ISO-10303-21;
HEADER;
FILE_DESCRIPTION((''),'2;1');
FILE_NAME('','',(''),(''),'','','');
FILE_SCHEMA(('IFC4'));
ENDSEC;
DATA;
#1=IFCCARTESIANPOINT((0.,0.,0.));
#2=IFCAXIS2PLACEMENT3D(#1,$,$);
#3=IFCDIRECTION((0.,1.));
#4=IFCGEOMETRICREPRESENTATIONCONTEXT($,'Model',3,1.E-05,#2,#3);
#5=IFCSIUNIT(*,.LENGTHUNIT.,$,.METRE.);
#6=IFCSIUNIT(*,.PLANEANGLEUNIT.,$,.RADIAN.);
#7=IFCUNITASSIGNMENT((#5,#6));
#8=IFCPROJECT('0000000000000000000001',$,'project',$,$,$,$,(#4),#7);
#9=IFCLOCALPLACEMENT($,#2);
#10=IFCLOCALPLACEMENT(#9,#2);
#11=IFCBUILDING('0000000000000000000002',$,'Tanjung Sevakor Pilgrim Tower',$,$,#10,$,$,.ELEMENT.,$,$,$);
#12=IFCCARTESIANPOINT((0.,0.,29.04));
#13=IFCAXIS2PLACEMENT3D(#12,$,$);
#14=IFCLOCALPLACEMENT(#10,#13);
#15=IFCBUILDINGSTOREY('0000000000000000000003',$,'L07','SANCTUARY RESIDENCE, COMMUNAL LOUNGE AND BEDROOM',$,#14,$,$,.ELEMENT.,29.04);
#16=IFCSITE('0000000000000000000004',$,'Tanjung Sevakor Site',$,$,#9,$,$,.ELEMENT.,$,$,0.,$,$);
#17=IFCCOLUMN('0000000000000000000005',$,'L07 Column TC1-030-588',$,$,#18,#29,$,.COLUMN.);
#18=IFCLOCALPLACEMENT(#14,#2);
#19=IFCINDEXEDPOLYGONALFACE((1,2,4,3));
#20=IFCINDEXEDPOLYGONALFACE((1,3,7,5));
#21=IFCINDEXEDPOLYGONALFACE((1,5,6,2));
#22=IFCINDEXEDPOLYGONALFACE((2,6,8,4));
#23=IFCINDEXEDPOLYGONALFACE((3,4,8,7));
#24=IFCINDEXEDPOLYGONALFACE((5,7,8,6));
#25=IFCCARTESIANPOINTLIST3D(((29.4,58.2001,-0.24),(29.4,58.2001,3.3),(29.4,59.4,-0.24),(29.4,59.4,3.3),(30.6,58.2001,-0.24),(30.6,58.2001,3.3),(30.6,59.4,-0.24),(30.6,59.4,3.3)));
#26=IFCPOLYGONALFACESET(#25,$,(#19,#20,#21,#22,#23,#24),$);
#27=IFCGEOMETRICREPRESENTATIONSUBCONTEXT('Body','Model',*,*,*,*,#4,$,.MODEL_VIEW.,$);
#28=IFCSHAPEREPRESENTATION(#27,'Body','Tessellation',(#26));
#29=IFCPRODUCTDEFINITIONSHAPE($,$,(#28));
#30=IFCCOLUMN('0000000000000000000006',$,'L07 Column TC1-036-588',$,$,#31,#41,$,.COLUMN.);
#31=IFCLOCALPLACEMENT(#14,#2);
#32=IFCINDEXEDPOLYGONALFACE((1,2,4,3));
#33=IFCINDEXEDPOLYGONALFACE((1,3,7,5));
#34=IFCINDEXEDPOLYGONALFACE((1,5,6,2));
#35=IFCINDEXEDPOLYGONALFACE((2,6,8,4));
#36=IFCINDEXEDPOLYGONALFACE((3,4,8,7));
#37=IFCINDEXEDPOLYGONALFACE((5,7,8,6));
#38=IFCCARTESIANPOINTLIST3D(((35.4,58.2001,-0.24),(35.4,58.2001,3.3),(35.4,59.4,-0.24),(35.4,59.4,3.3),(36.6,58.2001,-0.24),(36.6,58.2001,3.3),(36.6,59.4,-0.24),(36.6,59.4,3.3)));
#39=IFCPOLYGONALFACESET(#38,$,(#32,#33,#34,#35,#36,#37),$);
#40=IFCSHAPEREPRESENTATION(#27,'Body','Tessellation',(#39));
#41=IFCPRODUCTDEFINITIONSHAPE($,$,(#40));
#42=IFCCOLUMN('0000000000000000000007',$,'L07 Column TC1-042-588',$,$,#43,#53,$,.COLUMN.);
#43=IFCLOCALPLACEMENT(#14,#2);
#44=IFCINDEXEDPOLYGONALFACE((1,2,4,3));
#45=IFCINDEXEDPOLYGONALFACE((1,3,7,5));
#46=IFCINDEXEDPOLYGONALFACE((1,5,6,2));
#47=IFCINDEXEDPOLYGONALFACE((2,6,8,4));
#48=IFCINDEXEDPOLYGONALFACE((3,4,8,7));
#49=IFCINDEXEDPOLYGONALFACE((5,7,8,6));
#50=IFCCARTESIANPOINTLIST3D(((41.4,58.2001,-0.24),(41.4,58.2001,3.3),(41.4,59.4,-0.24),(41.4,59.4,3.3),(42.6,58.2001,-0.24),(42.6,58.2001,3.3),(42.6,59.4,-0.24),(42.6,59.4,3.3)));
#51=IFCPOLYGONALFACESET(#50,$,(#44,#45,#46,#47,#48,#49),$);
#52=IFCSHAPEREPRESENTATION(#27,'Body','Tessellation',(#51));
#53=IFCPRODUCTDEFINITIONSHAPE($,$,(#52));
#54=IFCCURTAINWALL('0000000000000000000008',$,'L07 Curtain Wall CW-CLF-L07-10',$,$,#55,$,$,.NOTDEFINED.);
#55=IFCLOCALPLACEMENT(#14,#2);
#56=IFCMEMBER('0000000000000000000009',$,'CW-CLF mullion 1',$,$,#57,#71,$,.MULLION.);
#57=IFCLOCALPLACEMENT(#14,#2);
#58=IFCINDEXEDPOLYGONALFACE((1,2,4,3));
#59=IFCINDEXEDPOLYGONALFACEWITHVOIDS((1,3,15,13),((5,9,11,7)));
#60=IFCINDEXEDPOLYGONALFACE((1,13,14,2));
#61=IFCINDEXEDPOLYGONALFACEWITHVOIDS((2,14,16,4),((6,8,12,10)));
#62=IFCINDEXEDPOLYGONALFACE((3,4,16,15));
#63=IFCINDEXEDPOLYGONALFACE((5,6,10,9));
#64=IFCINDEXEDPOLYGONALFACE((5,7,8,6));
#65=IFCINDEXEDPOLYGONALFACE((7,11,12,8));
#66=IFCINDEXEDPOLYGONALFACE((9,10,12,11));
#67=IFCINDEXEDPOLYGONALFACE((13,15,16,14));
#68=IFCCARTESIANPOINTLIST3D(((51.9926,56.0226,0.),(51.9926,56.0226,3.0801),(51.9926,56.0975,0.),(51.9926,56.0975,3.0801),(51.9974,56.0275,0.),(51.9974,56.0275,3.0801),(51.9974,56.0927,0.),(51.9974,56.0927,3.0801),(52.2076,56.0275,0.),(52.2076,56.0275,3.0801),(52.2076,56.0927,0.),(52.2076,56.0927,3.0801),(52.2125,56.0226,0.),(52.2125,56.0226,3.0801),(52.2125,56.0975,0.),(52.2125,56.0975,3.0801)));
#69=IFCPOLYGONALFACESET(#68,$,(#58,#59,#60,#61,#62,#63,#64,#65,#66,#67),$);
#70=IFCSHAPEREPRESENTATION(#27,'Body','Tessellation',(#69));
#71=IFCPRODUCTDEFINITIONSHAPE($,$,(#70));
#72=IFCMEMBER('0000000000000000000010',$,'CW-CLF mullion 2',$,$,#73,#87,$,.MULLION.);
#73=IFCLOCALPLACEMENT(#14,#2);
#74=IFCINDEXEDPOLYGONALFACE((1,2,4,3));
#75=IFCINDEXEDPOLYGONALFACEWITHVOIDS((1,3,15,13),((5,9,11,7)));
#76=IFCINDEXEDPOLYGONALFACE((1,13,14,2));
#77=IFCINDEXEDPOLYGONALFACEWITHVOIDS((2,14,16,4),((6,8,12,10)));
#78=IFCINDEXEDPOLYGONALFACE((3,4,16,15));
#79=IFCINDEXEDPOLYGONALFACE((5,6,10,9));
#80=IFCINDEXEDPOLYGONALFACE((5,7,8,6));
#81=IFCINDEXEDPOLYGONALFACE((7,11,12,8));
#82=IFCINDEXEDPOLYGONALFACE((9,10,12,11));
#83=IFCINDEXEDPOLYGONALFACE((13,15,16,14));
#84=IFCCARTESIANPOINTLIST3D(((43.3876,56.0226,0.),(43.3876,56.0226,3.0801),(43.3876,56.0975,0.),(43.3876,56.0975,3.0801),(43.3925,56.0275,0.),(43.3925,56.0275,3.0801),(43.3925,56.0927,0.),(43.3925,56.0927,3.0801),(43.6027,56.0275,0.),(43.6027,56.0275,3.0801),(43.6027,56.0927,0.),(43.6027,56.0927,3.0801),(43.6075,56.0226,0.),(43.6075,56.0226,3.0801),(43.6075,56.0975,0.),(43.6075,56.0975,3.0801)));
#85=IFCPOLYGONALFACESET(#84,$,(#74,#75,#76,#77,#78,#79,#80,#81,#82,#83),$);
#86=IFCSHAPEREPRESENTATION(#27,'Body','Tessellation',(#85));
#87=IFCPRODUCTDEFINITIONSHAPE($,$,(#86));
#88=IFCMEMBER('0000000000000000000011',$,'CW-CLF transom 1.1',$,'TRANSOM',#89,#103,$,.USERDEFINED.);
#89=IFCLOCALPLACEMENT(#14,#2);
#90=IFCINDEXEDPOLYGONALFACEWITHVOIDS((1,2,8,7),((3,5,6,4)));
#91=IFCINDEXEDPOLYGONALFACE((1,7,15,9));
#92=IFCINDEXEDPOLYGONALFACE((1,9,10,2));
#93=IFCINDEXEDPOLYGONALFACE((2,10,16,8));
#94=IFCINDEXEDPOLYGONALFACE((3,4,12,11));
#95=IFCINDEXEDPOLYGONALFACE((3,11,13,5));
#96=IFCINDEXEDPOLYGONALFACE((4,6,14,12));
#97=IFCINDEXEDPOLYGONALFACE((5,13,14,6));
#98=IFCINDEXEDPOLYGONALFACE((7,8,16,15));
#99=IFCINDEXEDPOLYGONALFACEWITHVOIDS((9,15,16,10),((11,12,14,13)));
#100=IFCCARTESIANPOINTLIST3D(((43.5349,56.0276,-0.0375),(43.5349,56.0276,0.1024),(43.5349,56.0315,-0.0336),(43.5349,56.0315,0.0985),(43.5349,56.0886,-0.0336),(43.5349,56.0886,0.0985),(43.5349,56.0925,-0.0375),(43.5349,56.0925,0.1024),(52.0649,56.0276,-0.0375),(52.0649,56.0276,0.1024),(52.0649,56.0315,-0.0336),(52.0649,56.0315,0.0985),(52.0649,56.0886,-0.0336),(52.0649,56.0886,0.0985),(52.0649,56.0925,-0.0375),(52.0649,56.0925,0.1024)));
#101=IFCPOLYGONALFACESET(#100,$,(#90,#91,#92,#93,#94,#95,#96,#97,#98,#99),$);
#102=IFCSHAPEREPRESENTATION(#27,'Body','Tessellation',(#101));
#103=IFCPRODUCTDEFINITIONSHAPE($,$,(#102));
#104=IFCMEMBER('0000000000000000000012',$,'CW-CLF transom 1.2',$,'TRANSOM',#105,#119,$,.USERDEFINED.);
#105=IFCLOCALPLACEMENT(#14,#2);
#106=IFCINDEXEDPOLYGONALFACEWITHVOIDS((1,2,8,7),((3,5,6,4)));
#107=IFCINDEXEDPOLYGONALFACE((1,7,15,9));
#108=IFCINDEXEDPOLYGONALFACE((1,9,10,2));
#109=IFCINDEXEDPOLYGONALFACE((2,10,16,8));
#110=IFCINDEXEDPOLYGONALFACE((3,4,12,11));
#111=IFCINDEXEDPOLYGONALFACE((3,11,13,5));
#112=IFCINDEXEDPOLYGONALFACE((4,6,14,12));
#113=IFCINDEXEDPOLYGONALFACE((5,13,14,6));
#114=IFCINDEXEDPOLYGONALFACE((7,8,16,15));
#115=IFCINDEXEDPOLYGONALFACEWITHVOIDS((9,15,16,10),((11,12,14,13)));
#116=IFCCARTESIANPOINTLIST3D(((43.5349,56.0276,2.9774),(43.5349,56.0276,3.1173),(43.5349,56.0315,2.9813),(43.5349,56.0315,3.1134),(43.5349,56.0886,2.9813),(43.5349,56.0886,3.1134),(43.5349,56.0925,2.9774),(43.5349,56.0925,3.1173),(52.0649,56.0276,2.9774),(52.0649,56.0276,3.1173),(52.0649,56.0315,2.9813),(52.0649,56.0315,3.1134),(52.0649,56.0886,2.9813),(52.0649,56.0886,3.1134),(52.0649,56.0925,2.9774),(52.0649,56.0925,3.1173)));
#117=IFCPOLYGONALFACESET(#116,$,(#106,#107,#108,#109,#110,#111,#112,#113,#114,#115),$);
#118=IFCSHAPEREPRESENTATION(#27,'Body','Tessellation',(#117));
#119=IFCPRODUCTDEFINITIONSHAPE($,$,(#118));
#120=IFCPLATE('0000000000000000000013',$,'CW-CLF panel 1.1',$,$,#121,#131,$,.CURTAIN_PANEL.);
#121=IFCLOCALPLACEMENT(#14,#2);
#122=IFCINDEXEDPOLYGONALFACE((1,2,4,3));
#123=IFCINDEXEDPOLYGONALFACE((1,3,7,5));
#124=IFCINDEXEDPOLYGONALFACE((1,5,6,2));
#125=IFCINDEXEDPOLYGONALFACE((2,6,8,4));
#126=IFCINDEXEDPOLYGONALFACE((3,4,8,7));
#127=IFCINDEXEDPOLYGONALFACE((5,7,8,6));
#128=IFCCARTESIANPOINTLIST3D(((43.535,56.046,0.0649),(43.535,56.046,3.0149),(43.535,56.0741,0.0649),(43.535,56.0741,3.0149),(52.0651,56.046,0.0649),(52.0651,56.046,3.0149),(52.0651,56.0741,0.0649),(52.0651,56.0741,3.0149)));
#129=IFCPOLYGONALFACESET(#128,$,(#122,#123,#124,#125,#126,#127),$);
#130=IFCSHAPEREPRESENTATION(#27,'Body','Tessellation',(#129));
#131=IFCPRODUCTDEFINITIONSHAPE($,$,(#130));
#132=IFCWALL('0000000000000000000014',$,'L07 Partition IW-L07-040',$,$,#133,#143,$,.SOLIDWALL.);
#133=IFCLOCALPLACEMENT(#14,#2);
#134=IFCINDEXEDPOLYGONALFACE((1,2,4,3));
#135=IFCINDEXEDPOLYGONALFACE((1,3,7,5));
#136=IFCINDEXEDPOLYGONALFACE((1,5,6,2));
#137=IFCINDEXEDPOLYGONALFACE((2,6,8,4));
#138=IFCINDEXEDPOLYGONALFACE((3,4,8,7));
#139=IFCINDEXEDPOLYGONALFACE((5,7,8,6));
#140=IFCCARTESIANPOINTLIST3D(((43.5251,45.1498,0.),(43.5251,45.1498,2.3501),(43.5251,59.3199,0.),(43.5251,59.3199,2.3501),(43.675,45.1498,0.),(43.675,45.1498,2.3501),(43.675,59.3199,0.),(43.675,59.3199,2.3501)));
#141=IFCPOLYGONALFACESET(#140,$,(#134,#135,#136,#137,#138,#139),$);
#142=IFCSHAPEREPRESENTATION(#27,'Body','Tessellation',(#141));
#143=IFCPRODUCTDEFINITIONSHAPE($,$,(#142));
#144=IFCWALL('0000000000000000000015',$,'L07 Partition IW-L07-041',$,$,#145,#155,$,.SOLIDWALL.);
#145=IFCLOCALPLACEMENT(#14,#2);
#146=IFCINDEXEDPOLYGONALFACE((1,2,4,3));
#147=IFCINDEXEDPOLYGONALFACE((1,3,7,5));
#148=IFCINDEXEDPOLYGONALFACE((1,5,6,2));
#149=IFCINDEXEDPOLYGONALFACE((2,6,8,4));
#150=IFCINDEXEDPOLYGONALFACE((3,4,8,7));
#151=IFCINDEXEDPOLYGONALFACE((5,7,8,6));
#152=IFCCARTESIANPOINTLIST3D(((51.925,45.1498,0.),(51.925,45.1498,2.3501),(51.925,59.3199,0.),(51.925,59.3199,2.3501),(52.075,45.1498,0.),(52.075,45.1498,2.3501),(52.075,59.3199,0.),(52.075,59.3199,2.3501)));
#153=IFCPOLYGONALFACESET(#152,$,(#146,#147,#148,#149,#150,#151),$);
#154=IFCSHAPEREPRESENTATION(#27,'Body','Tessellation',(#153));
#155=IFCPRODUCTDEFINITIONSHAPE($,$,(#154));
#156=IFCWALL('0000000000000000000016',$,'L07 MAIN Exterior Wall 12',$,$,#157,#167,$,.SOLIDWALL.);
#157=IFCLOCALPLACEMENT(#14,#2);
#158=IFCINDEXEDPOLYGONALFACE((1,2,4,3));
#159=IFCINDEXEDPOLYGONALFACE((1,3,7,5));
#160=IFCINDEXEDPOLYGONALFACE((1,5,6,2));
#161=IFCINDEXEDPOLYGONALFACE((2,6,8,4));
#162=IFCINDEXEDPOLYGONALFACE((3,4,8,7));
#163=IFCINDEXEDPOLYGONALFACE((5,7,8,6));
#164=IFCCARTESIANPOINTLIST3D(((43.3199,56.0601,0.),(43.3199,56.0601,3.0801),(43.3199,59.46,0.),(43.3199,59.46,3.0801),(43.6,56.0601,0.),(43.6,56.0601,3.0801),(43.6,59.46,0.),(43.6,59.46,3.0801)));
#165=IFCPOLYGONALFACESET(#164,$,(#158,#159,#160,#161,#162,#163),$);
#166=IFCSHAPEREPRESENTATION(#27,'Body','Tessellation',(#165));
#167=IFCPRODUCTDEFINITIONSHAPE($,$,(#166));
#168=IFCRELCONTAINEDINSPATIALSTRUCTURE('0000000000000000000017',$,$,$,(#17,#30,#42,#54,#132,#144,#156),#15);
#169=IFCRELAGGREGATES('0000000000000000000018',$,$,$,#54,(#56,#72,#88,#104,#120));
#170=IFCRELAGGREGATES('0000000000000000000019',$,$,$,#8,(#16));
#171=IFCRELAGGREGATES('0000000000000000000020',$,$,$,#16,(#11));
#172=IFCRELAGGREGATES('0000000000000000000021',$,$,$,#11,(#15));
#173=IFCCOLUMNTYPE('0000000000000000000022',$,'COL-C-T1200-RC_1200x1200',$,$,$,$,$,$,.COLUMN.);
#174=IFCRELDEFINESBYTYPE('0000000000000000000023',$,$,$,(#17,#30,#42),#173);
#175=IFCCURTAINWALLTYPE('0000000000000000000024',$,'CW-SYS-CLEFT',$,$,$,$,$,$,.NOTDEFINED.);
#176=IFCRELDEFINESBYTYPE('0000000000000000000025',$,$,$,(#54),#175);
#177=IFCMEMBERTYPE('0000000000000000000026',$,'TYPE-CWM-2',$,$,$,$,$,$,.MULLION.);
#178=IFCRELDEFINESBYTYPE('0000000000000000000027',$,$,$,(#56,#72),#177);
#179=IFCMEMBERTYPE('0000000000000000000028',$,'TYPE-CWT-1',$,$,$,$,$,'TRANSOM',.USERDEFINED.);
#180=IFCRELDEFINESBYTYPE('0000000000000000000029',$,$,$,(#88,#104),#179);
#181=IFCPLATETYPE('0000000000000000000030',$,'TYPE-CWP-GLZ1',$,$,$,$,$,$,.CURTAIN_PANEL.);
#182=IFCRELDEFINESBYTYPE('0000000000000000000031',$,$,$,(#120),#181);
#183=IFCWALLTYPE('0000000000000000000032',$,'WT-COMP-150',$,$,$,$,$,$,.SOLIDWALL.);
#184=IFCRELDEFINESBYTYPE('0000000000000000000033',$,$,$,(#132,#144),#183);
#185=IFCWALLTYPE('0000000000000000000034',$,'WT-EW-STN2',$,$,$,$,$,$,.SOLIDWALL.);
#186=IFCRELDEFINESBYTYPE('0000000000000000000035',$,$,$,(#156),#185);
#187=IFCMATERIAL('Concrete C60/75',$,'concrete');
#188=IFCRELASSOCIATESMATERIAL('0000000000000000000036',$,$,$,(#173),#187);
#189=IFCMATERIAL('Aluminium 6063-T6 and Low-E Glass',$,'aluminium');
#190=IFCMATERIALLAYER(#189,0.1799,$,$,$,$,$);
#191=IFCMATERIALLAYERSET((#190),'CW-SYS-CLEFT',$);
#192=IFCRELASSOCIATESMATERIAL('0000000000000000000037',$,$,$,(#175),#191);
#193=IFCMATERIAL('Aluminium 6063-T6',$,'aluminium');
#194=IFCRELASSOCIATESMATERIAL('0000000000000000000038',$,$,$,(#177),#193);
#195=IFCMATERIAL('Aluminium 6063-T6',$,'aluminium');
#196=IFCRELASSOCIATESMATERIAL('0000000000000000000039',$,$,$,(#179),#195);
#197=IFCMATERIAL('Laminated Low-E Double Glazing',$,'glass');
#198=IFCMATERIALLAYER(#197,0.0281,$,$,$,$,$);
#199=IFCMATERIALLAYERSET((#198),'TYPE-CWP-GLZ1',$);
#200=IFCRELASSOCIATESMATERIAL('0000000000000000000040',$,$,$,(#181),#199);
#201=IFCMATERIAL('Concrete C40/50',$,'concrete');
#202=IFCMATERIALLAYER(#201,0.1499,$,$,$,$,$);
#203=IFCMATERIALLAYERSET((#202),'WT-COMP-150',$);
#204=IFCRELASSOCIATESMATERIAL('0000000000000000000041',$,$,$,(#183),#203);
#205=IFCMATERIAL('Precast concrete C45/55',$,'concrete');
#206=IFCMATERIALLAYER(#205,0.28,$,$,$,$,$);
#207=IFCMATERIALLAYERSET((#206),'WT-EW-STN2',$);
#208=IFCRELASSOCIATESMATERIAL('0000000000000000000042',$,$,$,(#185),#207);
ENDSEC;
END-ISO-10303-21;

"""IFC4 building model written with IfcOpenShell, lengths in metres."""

from ifc_helpers import new_model, si_unit, direction, frame, frame_2d, origin, origin_2d, place, context, subcontext, project, spatial, rectangle, hollow_rectangle, extrude, material, layer, layer_set, material_profile, profile_set, type_object, element, aggregate, save


model = new_model("IFC4")

# Units and contexts
model_context = context("Model", 3, precision=1e-05, world=origin(), true_north=direction((0.0, 1.0)))
body_context = subcontext(model_context, "Body", "Model", "MODEL_VIEW")
ifc_project = project(units=[si_unit("LENGTHUNIT", "METRE"), si_unit("PLANEANGLEUNIT", "RADIAN")], contexts=[model_context])

# Site, building, storey
site_placement = place(None, origin())
site = spatial("IfcSite", under=ifc_project, at=site_placement, Name="Tanjung Sevakor Site", CompositionType="ELEMENT", RefElevation=0.0)
building_placement = place(site_placement, origin())
building = spatial("IfcBuilding", under=site, at=building_placement, Name="Tanjung Sevakor Pilgrim Tower", CompositionType="ELEMENT")
storey_placement = place(building_placement, frame((0.0, 0.0, 29.04)))
storey = spatial("IfcBuildingStorey", under=building, at=storey_placement, Name="L07", Description="SANCTUARY RESIDENCE, COMMUNAL LOUNGE AND BEDROOM", CompositionType="ELEMENT", Elevation=29.04)

# Columns
ifc_material_1 = material(Name="Concrete C60/75", Category="concrete")
ifc_material_profile_1 = material_profile(ifc_material_1, rectangle(XDim=1.2, YDim=1.2, at=origin_2d()))
ifc_profile_set_1 = profile_set([ifc_material_profile_1], Name="Concrete C60/75")
column_type = type_object("IfcColumnType", Name="COL-C-T1200-RC_1200x1200", PredefinedType="COLUMN", material=ifc_profile_set_1)
for number, where, z_axis, x_axis, name in (
    (1, (30.0, 58.8, -0.24), (0.0, 0.0, 1.0), (1.0, 0.0, 0.0), "L07 Column TC1-030-588"),
    (2, (36.0, 58.8, -0.24), (0.0, 0.0, 1.0), (1.0, 0.0, 0.0), "L07 Column TC1-036-588"),
    (3, (42.0, 58.8, -0.24), (0.0, 0.0, 1.0), (1.0, 0.0, 0.0), "L07 Column TC1-042-588"),
):
    element("IfcColumn", number, at=place(storey_placement, frame(where, z_axis=z_axis, x_axis=x_axis)), inside=storey, type_object=column_type, Name=name, PredefinedType="COLUMN", context=body_context, shape_type="SweptSolid", body=[
        extrude(rectangle(XDim=1.2, YDim=1.2, at=origin_2d()), origin(), (0.0, 0.0, 1.0), 3.54),
    ])

# Curtain wall, members, plate
ifc_material_2 = material(Name="Aluminium 6063-T6 and Low-E Glass", Category="aluminium")
ifc_layer_1 = layer(ifc_material_2, 0.1799)
ifc_layer_set_1 = layer_set([ifc_layer_1], Name="CW-SYS-CLEFT")
curtain_wall_type = type_object("IfcCurtainWallType", Name="CW-SYS-CLEFT", PredefinedType="NOTDEFINED", material=ifc_layer_set_1)
curtain_wall_placement = place(storey_placement, origin())
curtain_wall = element("IfcCurtainWall", 4, at=curtain_wall_placement, inside=storey, type_object=curtain_wall_type, Name="L07 Curtain Wall CW-CLF-L07-10", PredefinedType="NOTDEFINED")
ifc_material_3 = material(Name="Aluminium 6063-T6", Category="aluminium")
ifc_material_profile_2 = material_profile(ifc_material_3, hollow_rectangle(XDim=0.075, YDim=0.22, WallThickness=0.0049, at=origin_2d()))
ifc_profile_set_2 = profile_set([ifc_material_profile_2], Name="Aluminium 6063-T6")
member_type_1 = type_object("IfcMemberType", Name="TYPE-CWM-2", PredefinedType="MULLION", material=ifc_profile_set_2)
member_1_placement = place(storey_placement, frame((52.1025, 56.0601, 0.0), z_axis=(0.0, 0.0, 1.0), x_axis=(0.0, -1.0, 0.0)))
member_1 = element("IfcMember", 5, at=member_1_placement, type_object=member_type_1, Name="CW-CLF mullion 1", PredefinedType="MULLION", context=body_context, shape_type="SweptSolid", body=[
    extrude(hollow_rectangle(XDim=0.075, YDim=0.22, WallThickness=0.0049, at=origin_2d()), origin(), (0.0, 0.0, 1.0), 3.0801),
])
member_2_placement = place(storey_placement, frame((43.4976, 56.0601, 0.0), z_axis=(0.0, 0.0, 1.0), x_axis=(0.0, -1.0, 0.0)))
member_2 = element("IfcMember", 6, at=member_2_placement, type_object=member_type_1, Name="CW-CLF mullion 2", PredefinedType="MULLION", context=body_context, shape_type="SweptSolid", body=[
    extrude(hollow_rectangle(XDim=0.075, YDim=0.22, WallThickness=0.0049, at=origin_2d()), origin(), (0.0, 0.0, 1.0), 3.0801),
])
ifc_material_4 = material(Name="Aluminium 6063-T6", Category="aluminium")
ifc_material_profile_3 = material_profile(ifc_material_4, hollow_rectangle(XDim=0.0649, YDim=0.1399, WallThickness=0.0039, at=origin_2d()))
ifc_profile_set_3 = profile_set([ifc_material_profile_3], Name="Aluminium 6063-T6")
member_type_2 = type_object("IfcMemberType", Name="TYPE-CWT-1", ElementType="TRANSOM", PredefinedType="USERDEFINED", material=ifc_profile_set_3)
member_3_placement = place(storey_placement, frame((52.0649, 56.0601, 0.0325), z_axis=(-1.0, 0.0, 0.0), x_axis=(0.0, -1.0, 0.0)))
member_3 = element("IfcMember", 7, at=member_3_placement, type_object=member_type_2, Name="CW-CLF transom 1.1", ObjectType="TRANSOM", PredefinedType="USERDEFINED", context=body_context, shape_type="SweptSolid", body=[
    extrude(hollow_rectangle(XDim=0.0649, YDim=0.1399, WallThickness=0.0039, at=origin_2d()), origin(), (0.0, 0.0, 1.0), 8.53),
])
member_4_placement = place(storey_placement, frame((52.0649, 56.0601, 3.0474), z_axis=(-1.0, 0.0, 0.0), x_axis=(0.0, -1.0, 0.0)))
member_4 = element("IfcMember", 8, at=member_4_placement, type_object=member_type_2, Name="CW-CLF transom 1.2", ObjectType="TRANSOM", PredefinedType="USERDEFINED", context=body_context, shape_type="SweptSolid", body=[
    extrude(hollow_rectangle(XDim=0.0649, YDim=0.1399, WallThickness=0.0039, at=origin_2d()), origin(), (0.0, 0.0, 1.0), 8.53),
])
ifc_material_5 = material(Name="Laminated Low-E Double Glazing", Category="glass")
ifc_layer_2 = layer(ifc_material_5, 0.0281)
ifc_layer_set_2 = layer_set([ifc_layer_2], Name="TYPE-CWP-GLZ1")
plate_type = type_object("IfcPlateType", Name="TYPE-CWP-GLZ1", PredefinedType="CURTAIN_PANEL", material=ifc_layer_set_2)
plate_placement = place(storey_placement, frame((47.8, 56.0601, 0.0649), z_axis=(0.0, 0.0, 1.0), x_axis=(-1.0, 0.0, 0.0)))
plate = element("IfcPlate", 9, at=plate_placement, type_object=plate_type, Name="CW-CLF panel 1.1", PredefinedType="CURTAIN_PANEL", context=body_context, shape_type="SweptSolid", body=[
    extrude(rectangle(XDim=8.53, YDim=0.0281, at=origin_2d()), origin(), (0.0, 0.0, 1.0), 2.95),
])
aggregate(curtain_wall, [member_1, member_2, member_3, member_4, plate])

# Walls
ifc_material_6 = material(Name="Concrete C40/50", Category="concrete")
ifc_layer_3 = layer(ifc_material_6, 0.1499)
ifc_layer_set_3 = layer_set([ifc_layer_3], Name="WT-COMP-150")
wall_type_1 = type_object("IfcWallType", Name="WT-COMP-150", PredefinedType="SOLIDWALL", material=ifc_layer_set_3)
for number, where, z_axis, x_axis, name in (
    (10, (43.6001, 45.1499, 0.0), (0.0, 0.0, 1.0), (0.0, 1.0, 0.0), "L07 Partition IW-L07-040"),
    (11, (52.0, 45.1499, 0.0), (0.0, 0.0, 1.0), (0.0, 1.0, 0.0), "L07 Partition IW-L07-041"),
):
    element("IfcWall", number, at=place(storey_placement, frame(where, z_axis=z_axis, x_axis=x_axis)), inside=storey, type_object=wall_type_1, Name=name, PredefinedType="SOLIDWALL", context=body_context, shape_type="SweptSolid", body=[
        extrude(rectangle(XDim=14.1702, YDim=0.1499, at=frame_2d((7.085, 0.0))), origin(), (0.0, 0.0, 1.0), 2.3501),
    ])
ifc_material_7 = material(Name="Precast concrete C45/55", Category="concrete")
ifc_layer_4 = layer(ifc_material_7, 0.28)
ifc_layer_set_4 = layer_set([ifc_layer_4], Name="WT-EW-STN2")
wall_type_2 = type_object("IfcWallType", Name="WT-EW-STN2", PredefinedType="SOLIDWALL", material=ifc_layer_set_4)
wall_1_placement = place(storey_placement, frame((43.46, 56.0601, 0.0), z_axis=(0.0, 0.0, 1.0), x_axis=(0.0, 1.0, 0.0)))
element("IfcWall", 12, at=wall_1_placement, inside=storey, type_object=wall_type_2, Name="L07 MAIN Exterior Wall 12", PredefinedType="SOLIDWALL", context=body_context, shape_type="SweptSolid", body=[
    extrude(rectangle(XDim=3.3999, YDim=0.28, at=frame_2d((1.7, 0.0))), origin(), (0.0, 0.0, 1.0), 3.0801),
])

save(model, "model.ifc")
